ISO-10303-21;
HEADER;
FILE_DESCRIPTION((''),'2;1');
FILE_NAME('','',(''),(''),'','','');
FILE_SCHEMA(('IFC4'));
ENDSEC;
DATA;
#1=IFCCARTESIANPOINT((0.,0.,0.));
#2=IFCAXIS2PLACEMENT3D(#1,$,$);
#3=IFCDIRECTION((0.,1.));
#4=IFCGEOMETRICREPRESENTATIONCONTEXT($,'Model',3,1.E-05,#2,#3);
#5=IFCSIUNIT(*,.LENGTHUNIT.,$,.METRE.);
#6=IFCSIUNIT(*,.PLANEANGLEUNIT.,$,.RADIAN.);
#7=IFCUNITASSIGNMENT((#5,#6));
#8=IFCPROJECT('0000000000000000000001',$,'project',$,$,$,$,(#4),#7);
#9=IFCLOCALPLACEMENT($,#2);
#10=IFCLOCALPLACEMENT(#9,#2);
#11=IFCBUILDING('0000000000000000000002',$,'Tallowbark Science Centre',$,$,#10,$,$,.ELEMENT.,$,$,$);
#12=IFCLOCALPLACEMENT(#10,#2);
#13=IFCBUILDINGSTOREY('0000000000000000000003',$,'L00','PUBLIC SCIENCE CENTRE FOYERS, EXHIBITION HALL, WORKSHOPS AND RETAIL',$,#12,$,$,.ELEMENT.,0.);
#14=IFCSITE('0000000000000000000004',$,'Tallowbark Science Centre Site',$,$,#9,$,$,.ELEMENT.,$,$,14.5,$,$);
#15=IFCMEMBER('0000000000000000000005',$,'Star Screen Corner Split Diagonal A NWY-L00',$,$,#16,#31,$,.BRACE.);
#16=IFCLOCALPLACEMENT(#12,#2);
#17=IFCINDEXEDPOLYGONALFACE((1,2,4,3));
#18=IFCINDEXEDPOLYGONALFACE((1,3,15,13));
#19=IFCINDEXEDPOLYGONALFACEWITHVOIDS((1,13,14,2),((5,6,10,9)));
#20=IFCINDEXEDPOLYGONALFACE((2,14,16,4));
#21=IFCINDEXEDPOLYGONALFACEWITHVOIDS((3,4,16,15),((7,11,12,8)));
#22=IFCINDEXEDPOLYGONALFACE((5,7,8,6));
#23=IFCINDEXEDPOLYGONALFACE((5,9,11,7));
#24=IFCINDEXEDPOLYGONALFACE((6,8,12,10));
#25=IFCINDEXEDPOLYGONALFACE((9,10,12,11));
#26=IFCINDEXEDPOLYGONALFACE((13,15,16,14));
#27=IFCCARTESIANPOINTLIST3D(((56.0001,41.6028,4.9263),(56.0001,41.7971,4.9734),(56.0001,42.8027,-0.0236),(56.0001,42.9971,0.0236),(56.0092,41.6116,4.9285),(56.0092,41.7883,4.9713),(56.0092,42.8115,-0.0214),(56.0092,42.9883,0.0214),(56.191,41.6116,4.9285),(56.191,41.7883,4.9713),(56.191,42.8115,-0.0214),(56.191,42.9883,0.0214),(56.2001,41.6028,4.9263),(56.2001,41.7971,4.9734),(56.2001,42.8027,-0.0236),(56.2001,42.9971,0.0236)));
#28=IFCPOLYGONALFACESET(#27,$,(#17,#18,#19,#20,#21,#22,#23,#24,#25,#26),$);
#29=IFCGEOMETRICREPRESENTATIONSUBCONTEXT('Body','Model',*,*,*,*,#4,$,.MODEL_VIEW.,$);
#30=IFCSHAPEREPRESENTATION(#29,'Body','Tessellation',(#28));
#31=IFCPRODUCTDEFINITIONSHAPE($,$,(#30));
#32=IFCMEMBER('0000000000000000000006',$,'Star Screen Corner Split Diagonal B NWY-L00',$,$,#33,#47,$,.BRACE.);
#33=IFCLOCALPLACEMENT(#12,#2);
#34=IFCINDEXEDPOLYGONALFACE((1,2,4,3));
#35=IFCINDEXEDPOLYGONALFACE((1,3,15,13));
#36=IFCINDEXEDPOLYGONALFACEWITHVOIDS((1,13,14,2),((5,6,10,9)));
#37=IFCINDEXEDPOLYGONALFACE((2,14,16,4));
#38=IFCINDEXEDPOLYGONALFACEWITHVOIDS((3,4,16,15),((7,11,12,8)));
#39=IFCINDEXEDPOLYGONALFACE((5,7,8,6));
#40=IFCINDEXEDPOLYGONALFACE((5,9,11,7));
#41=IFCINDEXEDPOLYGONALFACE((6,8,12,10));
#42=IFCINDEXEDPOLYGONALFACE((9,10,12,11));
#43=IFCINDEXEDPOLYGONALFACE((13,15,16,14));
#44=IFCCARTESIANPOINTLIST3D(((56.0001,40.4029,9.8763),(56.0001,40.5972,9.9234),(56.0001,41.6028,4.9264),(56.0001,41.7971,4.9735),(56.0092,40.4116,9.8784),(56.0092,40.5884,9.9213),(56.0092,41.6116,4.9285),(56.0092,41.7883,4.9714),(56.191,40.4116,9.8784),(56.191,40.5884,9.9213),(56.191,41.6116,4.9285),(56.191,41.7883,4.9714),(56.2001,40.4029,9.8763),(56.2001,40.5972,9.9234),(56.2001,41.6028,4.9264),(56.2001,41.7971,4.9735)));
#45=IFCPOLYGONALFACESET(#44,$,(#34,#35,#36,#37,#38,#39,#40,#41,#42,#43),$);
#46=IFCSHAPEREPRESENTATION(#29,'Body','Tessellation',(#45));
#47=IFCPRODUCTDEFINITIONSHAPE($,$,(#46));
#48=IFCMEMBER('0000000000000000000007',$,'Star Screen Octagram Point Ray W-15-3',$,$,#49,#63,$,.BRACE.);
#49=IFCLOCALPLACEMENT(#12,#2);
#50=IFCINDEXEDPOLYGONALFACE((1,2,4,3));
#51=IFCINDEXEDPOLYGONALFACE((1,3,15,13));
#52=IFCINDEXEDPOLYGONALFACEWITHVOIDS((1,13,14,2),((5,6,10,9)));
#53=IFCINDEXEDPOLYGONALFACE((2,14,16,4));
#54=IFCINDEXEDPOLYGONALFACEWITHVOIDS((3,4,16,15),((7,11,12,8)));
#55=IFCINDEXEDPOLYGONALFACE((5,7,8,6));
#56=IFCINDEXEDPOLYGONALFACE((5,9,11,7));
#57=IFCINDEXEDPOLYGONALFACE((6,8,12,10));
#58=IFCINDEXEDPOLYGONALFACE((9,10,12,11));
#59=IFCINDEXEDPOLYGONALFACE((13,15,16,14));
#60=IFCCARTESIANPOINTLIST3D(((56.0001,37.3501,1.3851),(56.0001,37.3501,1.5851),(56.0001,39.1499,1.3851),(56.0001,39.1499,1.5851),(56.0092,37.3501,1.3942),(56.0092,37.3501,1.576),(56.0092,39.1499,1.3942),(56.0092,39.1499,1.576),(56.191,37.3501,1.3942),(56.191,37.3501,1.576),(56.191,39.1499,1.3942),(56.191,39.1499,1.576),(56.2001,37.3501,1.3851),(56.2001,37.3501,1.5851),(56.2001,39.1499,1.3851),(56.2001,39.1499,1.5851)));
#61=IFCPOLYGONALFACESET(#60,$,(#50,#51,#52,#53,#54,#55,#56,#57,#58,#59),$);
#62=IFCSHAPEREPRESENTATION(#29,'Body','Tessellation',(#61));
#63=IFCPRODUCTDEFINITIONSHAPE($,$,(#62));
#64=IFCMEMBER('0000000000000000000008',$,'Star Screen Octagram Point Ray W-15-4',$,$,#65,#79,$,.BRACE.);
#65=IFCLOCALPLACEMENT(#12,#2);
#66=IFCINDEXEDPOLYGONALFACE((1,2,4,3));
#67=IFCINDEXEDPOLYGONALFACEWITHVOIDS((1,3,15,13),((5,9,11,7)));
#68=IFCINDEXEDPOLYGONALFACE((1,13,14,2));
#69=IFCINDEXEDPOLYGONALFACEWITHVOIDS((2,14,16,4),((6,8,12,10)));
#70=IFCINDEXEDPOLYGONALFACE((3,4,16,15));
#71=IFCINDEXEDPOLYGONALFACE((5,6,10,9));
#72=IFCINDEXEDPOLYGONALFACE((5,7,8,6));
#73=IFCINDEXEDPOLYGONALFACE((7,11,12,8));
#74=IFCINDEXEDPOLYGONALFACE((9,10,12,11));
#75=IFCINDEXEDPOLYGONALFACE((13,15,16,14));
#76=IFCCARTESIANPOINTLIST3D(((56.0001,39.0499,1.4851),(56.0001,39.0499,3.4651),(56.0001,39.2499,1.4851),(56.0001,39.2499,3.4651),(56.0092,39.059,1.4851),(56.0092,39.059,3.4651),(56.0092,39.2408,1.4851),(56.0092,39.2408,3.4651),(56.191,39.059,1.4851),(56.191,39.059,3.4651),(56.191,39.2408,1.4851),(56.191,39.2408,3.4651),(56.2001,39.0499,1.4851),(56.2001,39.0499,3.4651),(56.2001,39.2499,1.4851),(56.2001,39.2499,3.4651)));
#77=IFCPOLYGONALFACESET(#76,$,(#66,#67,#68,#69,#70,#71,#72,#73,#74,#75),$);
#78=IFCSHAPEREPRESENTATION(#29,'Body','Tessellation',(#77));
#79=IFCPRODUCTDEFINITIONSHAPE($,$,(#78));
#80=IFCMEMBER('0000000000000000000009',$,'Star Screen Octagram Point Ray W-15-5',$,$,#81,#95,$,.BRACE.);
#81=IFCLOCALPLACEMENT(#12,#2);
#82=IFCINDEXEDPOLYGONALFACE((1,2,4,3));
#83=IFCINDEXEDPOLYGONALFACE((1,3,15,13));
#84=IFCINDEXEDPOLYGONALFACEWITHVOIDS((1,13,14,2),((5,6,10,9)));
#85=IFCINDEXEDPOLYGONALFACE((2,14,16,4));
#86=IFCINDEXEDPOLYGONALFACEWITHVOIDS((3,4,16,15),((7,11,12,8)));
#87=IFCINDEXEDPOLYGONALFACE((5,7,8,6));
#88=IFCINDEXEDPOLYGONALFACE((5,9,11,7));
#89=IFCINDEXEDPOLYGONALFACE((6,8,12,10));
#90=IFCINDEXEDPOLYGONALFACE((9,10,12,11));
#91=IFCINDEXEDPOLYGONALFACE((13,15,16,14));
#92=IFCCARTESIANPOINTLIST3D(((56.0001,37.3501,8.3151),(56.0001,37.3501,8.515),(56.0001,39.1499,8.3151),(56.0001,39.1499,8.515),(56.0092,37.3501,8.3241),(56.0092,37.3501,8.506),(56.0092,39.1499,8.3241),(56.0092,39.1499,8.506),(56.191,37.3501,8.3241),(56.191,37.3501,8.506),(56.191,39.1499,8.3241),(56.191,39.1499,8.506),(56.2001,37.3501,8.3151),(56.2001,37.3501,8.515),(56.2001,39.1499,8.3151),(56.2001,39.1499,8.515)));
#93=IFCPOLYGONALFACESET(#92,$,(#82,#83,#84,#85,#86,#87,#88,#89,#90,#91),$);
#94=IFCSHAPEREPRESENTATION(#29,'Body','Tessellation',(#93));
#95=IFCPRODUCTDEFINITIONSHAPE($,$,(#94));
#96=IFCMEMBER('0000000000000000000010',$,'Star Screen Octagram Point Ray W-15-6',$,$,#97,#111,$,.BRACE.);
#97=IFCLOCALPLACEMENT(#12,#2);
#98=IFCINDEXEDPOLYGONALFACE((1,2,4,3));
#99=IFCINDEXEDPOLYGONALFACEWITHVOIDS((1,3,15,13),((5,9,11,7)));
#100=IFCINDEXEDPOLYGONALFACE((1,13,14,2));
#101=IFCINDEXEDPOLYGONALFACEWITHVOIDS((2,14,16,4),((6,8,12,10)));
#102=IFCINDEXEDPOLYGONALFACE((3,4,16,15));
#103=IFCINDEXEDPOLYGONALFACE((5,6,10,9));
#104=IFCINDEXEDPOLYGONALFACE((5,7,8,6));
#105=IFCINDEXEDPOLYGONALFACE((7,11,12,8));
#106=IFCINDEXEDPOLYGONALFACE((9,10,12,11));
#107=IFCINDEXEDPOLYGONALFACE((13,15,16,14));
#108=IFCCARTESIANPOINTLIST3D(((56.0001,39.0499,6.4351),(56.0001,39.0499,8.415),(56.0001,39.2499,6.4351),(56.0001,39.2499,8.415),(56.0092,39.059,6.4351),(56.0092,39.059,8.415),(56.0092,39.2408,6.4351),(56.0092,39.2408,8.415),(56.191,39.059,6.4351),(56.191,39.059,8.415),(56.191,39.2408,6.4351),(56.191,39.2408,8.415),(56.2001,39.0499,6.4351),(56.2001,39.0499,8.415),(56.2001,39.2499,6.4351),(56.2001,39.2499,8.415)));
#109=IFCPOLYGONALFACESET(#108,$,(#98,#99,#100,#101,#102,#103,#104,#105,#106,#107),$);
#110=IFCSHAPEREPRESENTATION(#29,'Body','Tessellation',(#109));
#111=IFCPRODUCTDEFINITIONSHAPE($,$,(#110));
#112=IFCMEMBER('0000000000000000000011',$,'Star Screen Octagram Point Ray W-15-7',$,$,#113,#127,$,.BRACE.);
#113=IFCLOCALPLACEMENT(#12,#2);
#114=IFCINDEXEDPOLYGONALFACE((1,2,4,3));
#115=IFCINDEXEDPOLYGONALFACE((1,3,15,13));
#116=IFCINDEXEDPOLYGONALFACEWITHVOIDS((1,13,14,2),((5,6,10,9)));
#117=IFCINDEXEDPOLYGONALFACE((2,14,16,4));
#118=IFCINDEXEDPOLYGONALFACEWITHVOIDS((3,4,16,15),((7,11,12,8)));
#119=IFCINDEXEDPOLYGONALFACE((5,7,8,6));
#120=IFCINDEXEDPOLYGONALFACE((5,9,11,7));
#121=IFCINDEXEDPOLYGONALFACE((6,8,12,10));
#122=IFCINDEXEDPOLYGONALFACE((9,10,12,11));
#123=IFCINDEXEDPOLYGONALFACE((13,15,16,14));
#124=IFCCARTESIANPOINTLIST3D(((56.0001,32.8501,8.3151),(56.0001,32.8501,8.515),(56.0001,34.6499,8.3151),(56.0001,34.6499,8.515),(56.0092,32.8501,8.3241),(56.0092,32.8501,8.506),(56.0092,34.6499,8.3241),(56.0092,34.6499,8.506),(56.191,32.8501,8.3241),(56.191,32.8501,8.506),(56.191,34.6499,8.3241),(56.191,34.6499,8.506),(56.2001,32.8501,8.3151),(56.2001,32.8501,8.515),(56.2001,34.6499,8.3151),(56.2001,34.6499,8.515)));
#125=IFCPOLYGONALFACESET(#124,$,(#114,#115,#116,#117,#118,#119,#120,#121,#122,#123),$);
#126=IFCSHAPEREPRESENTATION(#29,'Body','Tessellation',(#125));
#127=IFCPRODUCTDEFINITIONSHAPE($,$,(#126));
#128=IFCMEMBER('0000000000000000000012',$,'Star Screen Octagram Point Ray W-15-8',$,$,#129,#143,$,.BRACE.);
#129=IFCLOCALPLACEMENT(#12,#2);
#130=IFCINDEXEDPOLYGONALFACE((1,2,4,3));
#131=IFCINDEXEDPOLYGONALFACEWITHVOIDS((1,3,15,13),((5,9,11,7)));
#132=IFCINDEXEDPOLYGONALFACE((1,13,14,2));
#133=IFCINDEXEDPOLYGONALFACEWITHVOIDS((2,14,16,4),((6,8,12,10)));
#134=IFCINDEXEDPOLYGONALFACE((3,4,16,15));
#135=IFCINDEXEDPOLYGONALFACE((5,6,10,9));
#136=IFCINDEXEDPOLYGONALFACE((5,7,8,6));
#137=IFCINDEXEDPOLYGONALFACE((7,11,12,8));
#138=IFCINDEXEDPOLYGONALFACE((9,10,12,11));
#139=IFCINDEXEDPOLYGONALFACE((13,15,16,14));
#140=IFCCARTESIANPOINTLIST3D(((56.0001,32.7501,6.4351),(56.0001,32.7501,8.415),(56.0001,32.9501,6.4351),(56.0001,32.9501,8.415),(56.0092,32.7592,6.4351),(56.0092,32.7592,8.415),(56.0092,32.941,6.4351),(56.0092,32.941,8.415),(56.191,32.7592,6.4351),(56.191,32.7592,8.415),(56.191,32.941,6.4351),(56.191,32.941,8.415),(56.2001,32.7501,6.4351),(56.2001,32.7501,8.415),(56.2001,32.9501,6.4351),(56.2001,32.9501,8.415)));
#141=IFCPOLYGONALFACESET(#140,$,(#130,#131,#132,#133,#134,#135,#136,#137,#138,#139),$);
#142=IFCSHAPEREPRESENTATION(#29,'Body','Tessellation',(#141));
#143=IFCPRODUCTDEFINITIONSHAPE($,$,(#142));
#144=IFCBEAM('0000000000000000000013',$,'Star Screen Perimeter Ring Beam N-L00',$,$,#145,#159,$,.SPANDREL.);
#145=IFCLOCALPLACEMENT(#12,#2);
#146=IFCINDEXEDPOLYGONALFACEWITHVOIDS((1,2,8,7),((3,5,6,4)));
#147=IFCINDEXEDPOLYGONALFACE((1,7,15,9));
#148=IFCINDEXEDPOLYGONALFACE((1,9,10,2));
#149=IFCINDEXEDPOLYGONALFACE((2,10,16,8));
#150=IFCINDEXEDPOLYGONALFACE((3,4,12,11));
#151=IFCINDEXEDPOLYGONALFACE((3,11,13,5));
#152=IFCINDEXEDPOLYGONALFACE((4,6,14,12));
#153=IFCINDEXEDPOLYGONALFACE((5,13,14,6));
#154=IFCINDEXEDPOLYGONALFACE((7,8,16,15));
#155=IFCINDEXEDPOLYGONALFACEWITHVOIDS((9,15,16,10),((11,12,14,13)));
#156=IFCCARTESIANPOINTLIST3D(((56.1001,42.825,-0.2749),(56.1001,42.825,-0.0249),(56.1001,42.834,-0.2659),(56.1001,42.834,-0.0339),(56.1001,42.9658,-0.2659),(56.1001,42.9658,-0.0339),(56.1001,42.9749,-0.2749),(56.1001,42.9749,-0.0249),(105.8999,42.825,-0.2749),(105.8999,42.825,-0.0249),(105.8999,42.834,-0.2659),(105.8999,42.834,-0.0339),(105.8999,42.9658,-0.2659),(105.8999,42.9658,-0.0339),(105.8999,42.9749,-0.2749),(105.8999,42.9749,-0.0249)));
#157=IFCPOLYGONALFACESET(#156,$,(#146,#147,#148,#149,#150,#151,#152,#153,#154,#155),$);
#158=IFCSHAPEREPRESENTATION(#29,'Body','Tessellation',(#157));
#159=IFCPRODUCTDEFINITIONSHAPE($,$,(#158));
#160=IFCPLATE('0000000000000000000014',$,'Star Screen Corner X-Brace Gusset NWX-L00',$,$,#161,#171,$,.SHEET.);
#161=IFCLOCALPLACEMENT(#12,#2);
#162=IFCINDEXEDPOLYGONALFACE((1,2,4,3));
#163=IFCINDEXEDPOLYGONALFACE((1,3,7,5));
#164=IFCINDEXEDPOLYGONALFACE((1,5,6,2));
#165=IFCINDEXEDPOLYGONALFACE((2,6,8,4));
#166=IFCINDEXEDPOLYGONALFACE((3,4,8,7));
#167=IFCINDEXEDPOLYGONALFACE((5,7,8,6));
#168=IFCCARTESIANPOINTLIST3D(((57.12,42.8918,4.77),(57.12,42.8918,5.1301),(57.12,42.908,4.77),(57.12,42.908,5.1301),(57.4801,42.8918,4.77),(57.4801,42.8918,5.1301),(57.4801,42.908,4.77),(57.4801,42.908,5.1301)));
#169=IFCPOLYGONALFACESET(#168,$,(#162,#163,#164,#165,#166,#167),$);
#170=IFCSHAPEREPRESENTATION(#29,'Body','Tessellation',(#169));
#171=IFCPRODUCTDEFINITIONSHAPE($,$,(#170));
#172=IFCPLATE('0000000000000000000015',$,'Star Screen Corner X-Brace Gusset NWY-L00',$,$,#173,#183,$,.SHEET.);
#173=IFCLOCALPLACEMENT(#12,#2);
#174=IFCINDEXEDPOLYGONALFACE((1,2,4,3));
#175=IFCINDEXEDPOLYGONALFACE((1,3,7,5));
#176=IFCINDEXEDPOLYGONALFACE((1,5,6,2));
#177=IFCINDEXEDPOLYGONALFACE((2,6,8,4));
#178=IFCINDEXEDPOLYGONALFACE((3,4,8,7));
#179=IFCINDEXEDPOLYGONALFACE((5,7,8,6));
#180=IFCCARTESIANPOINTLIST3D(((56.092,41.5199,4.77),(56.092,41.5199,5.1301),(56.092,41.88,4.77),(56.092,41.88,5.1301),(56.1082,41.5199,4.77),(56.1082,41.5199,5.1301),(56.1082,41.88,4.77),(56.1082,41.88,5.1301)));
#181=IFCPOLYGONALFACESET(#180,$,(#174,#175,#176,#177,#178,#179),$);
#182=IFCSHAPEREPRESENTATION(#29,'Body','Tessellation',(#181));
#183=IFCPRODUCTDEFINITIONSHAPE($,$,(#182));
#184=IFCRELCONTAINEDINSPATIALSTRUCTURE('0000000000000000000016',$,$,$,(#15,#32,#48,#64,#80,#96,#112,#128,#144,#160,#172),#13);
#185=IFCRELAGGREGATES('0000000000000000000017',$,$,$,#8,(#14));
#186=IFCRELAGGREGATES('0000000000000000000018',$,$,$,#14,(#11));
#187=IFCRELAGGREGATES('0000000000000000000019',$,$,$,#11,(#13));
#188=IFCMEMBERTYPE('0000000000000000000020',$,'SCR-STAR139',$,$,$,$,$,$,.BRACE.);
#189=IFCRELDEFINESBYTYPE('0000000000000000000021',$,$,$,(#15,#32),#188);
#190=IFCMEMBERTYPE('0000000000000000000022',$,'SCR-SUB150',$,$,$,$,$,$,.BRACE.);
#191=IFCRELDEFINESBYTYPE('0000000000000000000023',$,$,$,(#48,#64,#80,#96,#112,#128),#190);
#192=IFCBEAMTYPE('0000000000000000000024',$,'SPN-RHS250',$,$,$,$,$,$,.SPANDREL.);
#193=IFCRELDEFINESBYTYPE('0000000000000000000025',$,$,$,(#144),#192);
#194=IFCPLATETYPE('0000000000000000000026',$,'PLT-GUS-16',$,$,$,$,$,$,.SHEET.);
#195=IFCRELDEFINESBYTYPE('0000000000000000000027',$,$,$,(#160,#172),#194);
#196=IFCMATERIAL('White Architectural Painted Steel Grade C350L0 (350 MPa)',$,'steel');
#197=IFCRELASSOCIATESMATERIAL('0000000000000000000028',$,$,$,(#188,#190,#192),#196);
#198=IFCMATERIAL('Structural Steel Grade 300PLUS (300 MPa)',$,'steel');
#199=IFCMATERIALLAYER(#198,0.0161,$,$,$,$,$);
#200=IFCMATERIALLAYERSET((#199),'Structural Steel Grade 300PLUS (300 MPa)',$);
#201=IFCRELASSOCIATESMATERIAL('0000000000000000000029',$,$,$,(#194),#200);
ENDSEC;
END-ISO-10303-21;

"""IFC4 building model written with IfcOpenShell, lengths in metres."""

from ifc_helpers import new_model, si_unit, direction, frame, origin, origin_2d, place, context, subcontext, project, spatial, rectangle, hollow_rectangle, extrude, material, layer, layer_set, material_profile, profile_set, type_object, element, save


model = new_model("IFC4")

# Units and contexts
model_context = context("Model", 3, precision=1e-05, world=origin(), true_north=direction((0.0, 1.0)))
body_context = subcontext(model_context, "Body", "Model", "MODEL_VIEW")
ifc_project = project(units=[si_unit("LENGTHUNIT", "METRE"), si_unit("PLANEANGLEUNIT", "RADIAN")], contexts=[model_context])

# Site, building, storey
site_placement = place(None, origin())
site = spatial("IfcSite", under=ifc_project, at=site_placement, Name="Tallowbark Science Centre Site", CompositionType="ELEMENT", RefElevation=14.5)
building_placement = place(site_placement, origin())
building = spatial("IfcBuilding", under=site, at=building_placement, Name="Tallowbark Science Centre", CompositionType="ELEMENT")
storey_placement = place(building_placement, origin())
storey = spatial("IfcBuildingStorey", under=building, at=storey_placement, Name="L00", Description="PUBLIC SCIENCE CENTRE FOYERS, EXHIBITION HALL, WORKSHOPS AND RETAIL", CompositionType="ELEMENT", Elevation=0.0)

# Shared definitions
ifc_material_1 = material(Name="White Architectural Painted Steel Grade C350L0 (350 MPa)", Category="steel")
ifc_material_2 = material(Name="Structural Steel Grade 300PLUS (300 MPa)", Category="steel")

# Members
ifc_material_profile_1 = material_profile(ifc_material_1, hollow_rectangle(XDim=0.2, YDim=0.2, WallThickness=0.009, at=origin_2d()), Name="200x200x9.0SHS")
ifc_profile_set_1 = profile_set([ifc_material_profile_1], Name="White Architectural Painted Steel Grade C350L0 (350 MPa)")
member_type_1 = type_object("IfcMemberType", Name="SCR-STAR139", PredefinedType="BRACE", material=ifc_profile_set_1)
for number, where, z_axis, x_axis, name in (
    (1, (56.1001, 42.8999, 0.0), (0.0, -0.235593, 0.971852), (1.0, 0.0, 0.0), "Star Screen Corner Split Diagonal A NWY-L00"),
    (2, (56.1001, 41.7, 4.95), (0.0, -0.235593, 0.971852), (1.0, 0.0, 0.0), "Star Screen Corner Split Diagonal B NWY-L00"),
):
    element("IfcMember", number, at=place(storey_placement, frame(where, z_axis=z_axis, x_axis=x_axis)), inside=storey, type_object=member_type_1, Name=name, PredefinedType="BRACE", context=body_context, shape_type="SweptSolid", body=[
        extrude(hollow_rectangle(XDim=0.2, YDim=0.2, WallThickness=0.009, at=origin_2d()), origin(), (0.0, 0.0, 1.0), 5.0933),
    ])
ifc_material_profile_2 = material_profile(ifc_material_1, hollow_rectangle(XDim=0.2, YDim=0.2, WallThickness=0.009, at=origin_2d()), Name="200x200x9.0SHS")
ifc_profile_set_2 = profile_set([ifc_material_profile_2], Name="White Architectural Painted Steel Grade C350L0 (350 MPa)")
member_type_2 = type_object("IfcMemberType", Name="SCR-SUB150", PredefinedType="BRACE", material=ifc_profile_set_2)
member_1_placement = place(storey_placement, frame((56.1001, 39.1499, 1.4851), z_axis=(0.0, -1.0, 0.0), x_axis=(1.0, 0.0, 0.0)))
element("IfcMember", 3, at=member_1_placement, inside=storey, type_object=member_type_2, Name="Star Screen Octagram Point Ray W-15-3", PredefinedType="BRACE", context=body_context, shape_type="SweptSolid", body=[
    extrude(hollow_rectangle(XDim=0.2, YDim=0.2, WallThickness=0.009, at=origin_2d()), origin(), (0.0, 0.0, 1.0), 1.7998),
])
member_2_placement = place(storey_placement, frame((56.1001, 39.1499, 1.4851), z_axis=(0.0, 0.0, 1.0), x_axis=(1.0, 0.0, 0.0)))
element("IfcMember", 4, at=member_2_placement, inside=storey, type_object=member_type_2, Name="Star Screen Octagram Point Ray W-15-4", PredefinedType="BRACE", context=body_context, shape_type="SweptSolid", body=[
    extrude(hollow_rectangle(XDim=0.2, YDim=0.2, WallThickness=0.009, at=origin_2d()), origin(), (0.0, 0.0, 1.0), 1.98),
])
member_3_placement = place(storey_placement, frame((56.1001, 39.1499, 8.415), z_axis=(0.0, -1.0, 0.0), x_axis=(1.0, 0.0, 0.0)))
element("IfcMember", 5, at=member_3_placement, inside=storey, type_object=member_type_2, Name="Star Screen Octagram Point Ray W-15-5", PredefinedType="BRACE", context=body_context, shape_type="SweptSolid", body=[
    extrude(hollow_rectangle(XDim=0.2, YDim=0.2, WallThickness=0.009, at=origin_2d()), origin(), (0.0, 0.0, 1.0), 1.7998),
])
member_4_placement = place(storey_placement, frame((56.1001, 39.1499, 8.415), z_axis=(0.0, 0.0, -1.0), x_axis=(1.0, 0.0, 0.0)))
element("IfcMember", 6, at=member_4_placement, inside=storey, type_object=member_type_2, Name="Star Screen Octagram Point Ray W-15-6", PredefinedType="BRACE", context=body_context, shape_type="SweptSolid", body=[
    extrude(hollow_rectangle(XDim=0.2, YDim=0.2, WallThickness=0.009, at=origin_2d()), origin(), (0.0, 0.0, 1.0), 1.98),
])
member_5_placement = place(storey_placement, frame((56.1001, 32.8501, 8.415), z_axis=(0.0, 1.0, 0.0), x_axis=(-1.0, 0.0, 0.0)))
element("IfcMember", 7, at=member_5_placement, inside=storey, type_object=member_type_2, Name="Star Screen Octagram Point Ray W-15-7", PredefinedType="BRACE", context=body_context, shape_type="SweptSolid", body=[
    extrude(hollow_rectangle(XDim=0.2, YDim=0.2, WallThickness=0.009, at=origin_2d()), origin(), (0.0, 0.0, 1.0), 1.7998),
])
member_6_placement = place(storey_placement, frame((56.1001, 32.8501, 8.415), z_axis=(0.0, 0.0, -1.0), x_axis=(1.0, 0.0, 0.0)))
element("IfcMember", 8, at=member_6_placement, inside=storey, type_object=member_type_2, Name="Star Screen Octagram Point Ray W-15-8", PredefinedType="BRACE", context=body_context, shape_type="SweptSolid", body=[
    extrude(hollow_rectangle(XDim=0.2, YDim=0.2, WallThickness=0.009, at=origin_2d()), origin(), (0.0, 0.0, 1.0), 1.98),
])

# Beam
ifc_material_profile_3 = material_profile(ifc_material_1, hollow_rectangle(XDim=0.1499, YDim=0.25, WallThickness=0.009, at=origin_2d()), Name="250x150x9.0RHS")
ifc_profile_set_3 = profile_set([ifc_material_profile_3], Name="White Architectural Painted Steel Grade C350L0 (350 MPa)")
beam_type_1 = type_object("IfcBeamType", Name="SPN-RHS250", PredefinedType="SPANDREL", material=ifc_profile_set_3)
beam_1_placement = place(storey_placement, frame((56.1001, 42.8999, -0.1499), z_axis=(1.0, 0.0, 0.0), x_axis=(0.0, 1.0, 0.0)))
element("IfcBeam", 9, at=beam_1_placement, inside=storey, type_object=beam_type_1, Name="Star Screen Perimeter Ring Beam N-L00", PredefinedType="SPANDREL", context=body_context, shape_type="SweptSolid", body=[
    extrude(hollow_rectangle(XDim=0.1499, YDim=0.25, WallThickness=0.009, at=origin_2d()), origin(), (0.0, 0.0, 1.0), 49.7998),
])

# Plates
ifc_layer_1 = layer(ifc_material_2, 0.0161)
ifc_layer_set_1 = layer_set([ifc_layer_1], Name="Structural Steel Grade 300PLUS (300 MPa)")
plate_type_1 = type_object("IfcPlateType", Name="PLT-GUS-16", PredefinedType="SHEET", material=ifc_layer_set_1)
for number, where, z_axis, x_axis, name in (
    (10, (57.3, 42.8999, 4.77), (0.0, 0.0, 1.0), (1.0, 0.0, 0.0), "Star Screen Corner X-Brace Gusset NWX-L00"),
    (11, (56.1001, 41.7, 4.77), (0.0, 0.0, 1.0), (0.0, 1.0, 0.0), "Star Screen Corner X-Brace Gusset NWY-L00"),
):
    element("IfcPlate", number, at=place(storey_placement, frame(where, z_axis=z_axis, x_axis=x_axis)), inside=storey, type_object=plate_type_1, Name=name, PredefinedType="SHEET", context=body_context, shape_type="SweptSolid", body=[
        extrude(rectangle(XDim=0.3601, YDim=0.0161, at=origin_2d()), origin(), (0.0, 0.0, 1.0), 0.3601),
    ])

save(model, "model.ifc")
